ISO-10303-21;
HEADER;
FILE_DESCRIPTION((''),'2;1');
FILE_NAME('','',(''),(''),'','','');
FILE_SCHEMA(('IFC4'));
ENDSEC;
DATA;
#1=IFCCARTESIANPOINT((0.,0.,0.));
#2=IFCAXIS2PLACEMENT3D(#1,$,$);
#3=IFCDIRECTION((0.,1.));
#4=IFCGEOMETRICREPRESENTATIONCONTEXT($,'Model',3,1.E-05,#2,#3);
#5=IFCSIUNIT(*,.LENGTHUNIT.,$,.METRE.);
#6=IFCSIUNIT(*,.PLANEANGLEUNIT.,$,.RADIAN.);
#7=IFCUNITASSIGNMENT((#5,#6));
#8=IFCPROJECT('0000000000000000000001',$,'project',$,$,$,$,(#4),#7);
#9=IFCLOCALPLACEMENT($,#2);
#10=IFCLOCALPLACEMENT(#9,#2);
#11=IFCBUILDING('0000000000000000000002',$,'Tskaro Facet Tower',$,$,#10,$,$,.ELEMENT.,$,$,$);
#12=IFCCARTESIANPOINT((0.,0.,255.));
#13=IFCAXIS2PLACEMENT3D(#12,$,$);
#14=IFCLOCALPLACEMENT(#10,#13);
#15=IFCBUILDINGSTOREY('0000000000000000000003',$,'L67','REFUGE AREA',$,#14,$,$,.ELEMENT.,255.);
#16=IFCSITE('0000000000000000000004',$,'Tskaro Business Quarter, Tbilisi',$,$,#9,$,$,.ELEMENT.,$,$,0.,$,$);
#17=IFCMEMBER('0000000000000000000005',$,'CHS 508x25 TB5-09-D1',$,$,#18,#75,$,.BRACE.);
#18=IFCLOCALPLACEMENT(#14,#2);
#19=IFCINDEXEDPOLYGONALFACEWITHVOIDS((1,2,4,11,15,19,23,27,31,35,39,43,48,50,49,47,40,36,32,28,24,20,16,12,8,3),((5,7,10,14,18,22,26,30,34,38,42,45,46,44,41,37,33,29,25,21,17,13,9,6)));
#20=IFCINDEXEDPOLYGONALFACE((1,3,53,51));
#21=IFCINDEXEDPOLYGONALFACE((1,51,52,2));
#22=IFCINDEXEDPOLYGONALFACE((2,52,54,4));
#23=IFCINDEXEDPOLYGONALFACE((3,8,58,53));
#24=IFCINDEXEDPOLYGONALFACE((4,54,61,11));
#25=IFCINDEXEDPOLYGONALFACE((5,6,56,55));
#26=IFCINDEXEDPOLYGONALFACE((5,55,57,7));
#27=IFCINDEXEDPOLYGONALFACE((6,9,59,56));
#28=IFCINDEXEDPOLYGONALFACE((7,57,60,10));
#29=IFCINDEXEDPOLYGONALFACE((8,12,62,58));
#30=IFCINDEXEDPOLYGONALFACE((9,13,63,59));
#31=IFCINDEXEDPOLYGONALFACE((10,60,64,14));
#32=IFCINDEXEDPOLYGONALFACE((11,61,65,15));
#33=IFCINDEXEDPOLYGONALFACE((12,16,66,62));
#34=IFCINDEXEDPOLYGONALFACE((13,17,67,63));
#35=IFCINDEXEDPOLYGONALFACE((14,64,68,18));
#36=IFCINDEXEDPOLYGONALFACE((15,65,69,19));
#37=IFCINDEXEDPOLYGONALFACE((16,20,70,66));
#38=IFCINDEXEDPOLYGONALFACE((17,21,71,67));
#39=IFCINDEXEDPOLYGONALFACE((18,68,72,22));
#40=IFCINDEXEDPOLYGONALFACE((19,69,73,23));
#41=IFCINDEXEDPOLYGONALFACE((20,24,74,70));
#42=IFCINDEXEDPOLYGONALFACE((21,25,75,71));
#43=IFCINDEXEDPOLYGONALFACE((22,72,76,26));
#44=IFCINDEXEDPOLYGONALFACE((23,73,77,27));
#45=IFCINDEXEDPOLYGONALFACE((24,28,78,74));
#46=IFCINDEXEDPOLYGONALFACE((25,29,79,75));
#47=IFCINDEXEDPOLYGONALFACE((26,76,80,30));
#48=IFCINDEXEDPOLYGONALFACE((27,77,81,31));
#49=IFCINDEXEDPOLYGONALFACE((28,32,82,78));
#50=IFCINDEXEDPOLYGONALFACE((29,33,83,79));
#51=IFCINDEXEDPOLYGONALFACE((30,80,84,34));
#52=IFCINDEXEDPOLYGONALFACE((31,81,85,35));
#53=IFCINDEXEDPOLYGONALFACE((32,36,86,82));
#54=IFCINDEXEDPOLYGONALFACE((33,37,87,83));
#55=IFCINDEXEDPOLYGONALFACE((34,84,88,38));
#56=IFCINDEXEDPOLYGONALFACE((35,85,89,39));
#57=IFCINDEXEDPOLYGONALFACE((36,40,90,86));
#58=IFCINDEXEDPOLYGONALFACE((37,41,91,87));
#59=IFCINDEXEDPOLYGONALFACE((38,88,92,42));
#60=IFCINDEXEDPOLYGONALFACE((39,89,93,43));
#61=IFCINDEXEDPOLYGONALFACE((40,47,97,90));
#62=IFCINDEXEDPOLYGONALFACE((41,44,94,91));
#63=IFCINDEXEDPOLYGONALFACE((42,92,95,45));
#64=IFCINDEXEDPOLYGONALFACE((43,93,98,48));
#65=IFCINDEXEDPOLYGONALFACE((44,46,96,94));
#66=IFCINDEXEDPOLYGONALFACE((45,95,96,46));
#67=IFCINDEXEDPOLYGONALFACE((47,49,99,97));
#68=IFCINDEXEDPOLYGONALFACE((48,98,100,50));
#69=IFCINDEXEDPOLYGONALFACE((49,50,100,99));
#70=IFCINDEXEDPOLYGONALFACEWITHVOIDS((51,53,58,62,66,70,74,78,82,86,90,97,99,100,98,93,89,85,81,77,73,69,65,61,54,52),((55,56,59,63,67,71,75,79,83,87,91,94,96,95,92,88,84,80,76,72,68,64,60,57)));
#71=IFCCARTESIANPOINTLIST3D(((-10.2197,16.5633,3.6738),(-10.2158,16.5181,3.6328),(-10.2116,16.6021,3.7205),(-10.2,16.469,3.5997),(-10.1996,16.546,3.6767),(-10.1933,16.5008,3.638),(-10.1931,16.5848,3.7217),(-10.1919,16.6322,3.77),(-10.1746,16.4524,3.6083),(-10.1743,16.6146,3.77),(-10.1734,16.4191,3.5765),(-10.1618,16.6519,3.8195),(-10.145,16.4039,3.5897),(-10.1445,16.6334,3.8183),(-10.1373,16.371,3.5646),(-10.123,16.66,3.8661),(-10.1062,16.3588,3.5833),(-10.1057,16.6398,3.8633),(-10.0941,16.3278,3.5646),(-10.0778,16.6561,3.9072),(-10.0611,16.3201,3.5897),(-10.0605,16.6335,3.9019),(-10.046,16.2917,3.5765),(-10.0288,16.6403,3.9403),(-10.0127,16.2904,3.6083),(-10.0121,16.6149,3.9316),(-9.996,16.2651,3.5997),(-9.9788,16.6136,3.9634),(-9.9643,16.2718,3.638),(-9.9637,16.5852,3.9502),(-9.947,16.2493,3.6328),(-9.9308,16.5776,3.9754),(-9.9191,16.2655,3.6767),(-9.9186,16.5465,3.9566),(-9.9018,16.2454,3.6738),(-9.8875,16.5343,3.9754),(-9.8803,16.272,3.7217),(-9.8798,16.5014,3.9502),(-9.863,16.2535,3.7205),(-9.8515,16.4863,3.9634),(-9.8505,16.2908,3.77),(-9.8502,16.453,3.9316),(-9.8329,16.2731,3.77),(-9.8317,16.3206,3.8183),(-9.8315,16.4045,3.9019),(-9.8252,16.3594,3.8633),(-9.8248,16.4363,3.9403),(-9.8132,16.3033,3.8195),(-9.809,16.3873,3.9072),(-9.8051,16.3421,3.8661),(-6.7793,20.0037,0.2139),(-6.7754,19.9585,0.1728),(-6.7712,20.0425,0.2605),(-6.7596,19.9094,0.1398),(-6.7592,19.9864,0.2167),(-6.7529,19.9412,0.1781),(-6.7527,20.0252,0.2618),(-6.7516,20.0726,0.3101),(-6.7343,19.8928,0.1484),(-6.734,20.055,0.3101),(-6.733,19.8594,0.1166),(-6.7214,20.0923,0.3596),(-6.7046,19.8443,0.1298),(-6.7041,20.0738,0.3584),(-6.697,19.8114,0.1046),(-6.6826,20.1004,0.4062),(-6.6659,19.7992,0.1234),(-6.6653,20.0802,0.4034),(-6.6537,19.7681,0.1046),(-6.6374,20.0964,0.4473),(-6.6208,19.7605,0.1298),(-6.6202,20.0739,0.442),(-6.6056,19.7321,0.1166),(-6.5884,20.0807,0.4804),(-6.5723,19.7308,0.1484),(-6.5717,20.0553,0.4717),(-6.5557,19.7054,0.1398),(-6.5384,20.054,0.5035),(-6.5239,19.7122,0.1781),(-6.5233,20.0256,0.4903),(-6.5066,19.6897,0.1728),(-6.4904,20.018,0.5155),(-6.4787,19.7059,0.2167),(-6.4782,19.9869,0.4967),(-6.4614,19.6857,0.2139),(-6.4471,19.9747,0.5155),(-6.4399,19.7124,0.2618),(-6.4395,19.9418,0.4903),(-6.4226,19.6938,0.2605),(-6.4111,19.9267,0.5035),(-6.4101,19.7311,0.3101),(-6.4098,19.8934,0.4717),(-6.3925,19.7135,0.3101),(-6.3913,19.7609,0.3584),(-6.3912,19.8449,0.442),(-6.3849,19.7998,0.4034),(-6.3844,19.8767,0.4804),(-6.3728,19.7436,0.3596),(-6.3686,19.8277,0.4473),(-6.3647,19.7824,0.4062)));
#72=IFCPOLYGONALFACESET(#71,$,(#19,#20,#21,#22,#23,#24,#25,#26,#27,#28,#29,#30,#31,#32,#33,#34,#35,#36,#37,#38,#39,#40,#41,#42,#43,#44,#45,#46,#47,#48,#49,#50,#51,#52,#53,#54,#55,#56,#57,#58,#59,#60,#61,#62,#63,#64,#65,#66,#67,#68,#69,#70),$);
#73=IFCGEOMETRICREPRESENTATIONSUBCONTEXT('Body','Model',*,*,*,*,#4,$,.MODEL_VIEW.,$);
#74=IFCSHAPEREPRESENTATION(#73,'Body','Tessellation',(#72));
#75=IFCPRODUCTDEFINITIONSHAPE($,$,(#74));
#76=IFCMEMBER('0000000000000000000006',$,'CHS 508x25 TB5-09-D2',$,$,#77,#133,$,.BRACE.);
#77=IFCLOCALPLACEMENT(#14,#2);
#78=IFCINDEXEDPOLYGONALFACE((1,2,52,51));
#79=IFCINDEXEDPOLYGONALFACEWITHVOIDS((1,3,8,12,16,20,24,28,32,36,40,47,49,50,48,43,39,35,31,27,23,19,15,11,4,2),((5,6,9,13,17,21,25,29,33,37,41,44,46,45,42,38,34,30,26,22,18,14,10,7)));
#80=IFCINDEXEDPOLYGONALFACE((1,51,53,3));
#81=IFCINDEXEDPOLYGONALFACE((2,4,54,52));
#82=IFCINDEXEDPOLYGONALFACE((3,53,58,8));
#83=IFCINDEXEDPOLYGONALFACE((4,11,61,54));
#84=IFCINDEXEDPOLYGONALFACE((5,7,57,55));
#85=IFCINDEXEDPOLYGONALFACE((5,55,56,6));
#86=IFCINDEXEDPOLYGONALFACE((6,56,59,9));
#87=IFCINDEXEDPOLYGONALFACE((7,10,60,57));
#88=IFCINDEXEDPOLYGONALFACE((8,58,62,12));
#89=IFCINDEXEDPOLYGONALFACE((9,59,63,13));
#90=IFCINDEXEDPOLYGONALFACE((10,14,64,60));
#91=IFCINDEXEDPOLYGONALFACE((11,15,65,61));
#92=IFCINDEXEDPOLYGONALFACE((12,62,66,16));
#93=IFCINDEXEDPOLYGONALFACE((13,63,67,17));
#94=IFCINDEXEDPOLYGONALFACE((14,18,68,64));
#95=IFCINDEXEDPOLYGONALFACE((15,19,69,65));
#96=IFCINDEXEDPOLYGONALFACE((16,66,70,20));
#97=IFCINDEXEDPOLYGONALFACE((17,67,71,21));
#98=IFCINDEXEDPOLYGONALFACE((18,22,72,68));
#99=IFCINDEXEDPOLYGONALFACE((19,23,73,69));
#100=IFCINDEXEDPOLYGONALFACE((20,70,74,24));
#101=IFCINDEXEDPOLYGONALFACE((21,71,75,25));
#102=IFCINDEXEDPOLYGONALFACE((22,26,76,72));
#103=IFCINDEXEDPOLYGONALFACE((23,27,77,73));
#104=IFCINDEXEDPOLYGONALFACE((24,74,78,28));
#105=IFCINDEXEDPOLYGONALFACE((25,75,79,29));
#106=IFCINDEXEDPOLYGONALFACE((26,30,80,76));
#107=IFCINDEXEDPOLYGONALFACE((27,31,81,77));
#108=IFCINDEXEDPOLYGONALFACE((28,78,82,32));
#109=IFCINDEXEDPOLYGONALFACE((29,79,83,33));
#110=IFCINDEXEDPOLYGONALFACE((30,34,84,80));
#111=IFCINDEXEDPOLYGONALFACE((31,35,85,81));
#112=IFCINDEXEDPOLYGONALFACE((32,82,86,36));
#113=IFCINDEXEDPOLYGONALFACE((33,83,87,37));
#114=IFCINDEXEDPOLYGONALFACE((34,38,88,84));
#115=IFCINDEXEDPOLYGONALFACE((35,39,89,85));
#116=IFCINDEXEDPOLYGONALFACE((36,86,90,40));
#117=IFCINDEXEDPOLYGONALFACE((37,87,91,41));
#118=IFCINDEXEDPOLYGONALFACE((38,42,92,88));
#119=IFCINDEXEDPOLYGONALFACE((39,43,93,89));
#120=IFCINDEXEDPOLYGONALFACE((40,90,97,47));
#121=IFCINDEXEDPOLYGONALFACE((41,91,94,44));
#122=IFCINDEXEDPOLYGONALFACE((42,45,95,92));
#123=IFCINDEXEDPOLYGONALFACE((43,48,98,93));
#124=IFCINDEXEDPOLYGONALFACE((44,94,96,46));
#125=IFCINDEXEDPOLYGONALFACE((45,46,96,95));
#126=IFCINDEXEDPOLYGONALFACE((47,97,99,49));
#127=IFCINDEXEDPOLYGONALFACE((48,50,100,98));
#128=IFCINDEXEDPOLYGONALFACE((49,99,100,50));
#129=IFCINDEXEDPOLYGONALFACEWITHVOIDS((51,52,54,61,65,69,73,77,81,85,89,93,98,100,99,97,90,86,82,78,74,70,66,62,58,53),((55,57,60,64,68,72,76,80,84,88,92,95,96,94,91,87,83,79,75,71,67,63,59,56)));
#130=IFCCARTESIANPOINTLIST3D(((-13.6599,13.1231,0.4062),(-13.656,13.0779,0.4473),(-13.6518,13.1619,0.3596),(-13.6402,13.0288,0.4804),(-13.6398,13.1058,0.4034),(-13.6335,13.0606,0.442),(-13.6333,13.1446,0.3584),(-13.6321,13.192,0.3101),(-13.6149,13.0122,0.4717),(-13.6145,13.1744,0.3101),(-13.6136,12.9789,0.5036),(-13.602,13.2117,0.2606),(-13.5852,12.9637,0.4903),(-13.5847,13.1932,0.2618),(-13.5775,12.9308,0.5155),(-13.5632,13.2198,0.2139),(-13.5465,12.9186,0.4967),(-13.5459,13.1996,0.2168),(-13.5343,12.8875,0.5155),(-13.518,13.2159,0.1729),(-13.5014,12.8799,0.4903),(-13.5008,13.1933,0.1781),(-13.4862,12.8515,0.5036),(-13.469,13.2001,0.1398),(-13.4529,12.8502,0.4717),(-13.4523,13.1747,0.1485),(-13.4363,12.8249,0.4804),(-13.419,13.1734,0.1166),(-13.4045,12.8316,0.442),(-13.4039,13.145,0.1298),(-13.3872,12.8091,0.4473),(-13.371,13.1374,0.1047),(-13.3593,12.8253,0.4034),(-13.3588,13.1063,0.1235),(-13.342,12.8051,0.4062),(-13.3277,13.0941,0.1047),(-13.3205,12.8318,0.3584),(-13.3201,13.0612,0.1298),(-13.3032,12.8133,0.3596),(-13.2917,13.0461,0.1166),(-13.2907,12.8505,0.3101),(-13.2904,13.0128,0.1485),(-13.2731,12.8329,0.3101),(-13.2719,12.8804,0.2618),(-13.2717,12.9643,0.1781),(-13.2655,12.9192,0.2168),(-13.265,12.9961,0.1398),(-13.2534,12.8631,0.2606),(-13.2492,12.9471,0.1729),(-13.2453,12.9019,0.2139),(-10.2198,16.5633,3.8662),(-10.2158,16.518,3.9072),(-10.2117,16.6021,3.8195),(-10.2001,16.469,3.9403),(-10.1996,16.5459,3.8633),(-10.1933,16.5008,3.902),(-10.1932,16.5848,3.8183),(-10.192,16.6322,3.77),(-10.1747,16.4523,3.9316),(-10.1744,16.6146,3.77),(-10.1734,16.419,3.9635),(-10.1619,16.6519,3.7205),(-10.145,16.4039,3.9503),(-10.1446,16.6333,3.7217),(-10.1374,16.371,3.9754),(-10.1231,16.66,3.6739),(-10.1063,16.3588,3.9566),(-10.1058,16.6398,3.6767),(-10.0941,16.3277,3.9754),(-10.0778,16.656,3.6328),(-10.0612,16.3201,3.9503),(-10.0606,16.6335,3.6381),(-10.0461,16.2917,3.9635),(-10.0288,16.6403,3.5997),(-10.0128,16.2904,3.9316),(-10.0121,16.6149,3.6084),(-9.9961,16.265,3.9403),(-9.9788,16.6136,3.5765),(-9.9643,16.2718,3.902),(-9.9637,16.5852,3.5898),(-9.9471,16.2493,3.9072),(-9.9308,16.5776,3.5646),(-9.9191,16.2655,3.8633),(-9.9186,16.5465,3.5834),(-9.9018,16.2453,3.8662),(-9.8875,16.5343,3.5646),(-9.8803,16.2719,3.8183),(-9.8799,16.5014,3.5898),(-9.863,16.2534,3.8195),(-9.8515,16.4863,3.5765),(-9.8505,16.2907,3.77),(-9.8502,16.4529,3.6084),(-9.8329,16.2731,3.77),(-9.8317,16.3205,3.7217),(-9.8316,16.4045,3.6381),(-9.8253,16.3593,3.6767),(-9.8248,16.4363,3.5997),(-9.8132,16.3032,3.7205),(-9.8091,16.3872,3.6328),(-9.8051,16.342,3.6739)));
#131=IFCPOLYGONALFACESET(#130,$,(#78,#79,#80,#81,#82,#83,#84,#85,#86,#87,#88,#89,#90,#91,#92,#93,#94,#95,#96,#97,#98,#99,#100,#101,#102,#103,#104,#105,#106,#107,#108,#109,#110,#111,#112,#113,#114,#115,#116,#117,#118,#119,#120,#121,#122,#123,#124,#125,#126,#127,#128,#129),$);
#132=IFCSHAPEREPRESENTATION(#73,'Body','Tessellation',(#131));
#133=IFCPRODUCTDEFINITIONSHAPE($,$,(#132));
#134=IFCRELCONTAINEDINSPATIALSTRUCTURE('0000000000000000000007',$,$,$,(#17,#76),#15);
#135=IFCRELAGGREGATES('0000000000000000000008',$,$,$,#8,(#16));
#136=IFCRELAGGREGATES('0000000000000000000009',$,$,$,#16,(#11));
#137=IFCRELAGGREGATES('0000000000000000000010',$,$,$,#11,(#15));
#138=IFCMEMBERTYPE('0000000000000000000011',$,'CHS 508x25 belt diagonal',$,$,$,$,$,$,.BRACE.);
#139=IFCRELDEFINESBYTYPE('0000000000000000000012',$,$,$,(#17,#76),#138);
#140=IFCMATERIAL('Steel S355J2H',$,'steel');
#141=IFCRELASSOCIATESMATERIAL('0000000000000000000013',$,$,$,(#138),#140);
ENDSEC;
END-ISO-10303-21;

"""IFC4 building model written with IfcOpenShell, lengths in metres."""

from ifc_helpers import new_model, si_unit, direction, frame, origin, origin_2d, place, context, subcontext, project, spatial, hollow_circle, extrude, material, material_profile, profile_set, type_object, element, save


model = new_model("IFC4")

# Units and contexts
model_context = context("Model", 3, precision=1e-05, world=origin(), true_north=direction((0.0, 1.0)))
body_context = subcontext(model_context, "Body", "Model", "MODEL_VIEW")
ifc_project = project(units=[si_unit("LENGTHUNIT", "METRE"), si_unit("PLANEANGLEUNIT", "RADIAN")], contexts=[model_context])

# Site, building, storey
site_placement = place(None, origin())
site = spatial("IfcSite", under=ifc_project, at=site_placement, Name="Tskaro Business Quarter, Tbilisi", CompositionType="ELEMENT", RefElevation=0.0)
building_placement = place(site_placement, origin())
building = spatial("IfcBuilding", under=site, at=building_placement, Name="Tskaro Facet Tower", CompositionType="ELEMENT")
storey_placement = place(building_placement, frame((0.0, 0.0, 255.0)))
storey = spatial("IfcBuildingStorey", under=building, at=storey_placement, Name="L67", Description="REFUGE AREA", CompositionType="ELEMENT", Elevation=255.0)

# Shared definitions
ifc_material_1 = material(Name="Steel S355J2H", Category="steel")

# Members
ifc_material_profile_1 = material_profile(ifc_material_1, hollow_circle(Radius=0.2539, WallThickness=0.0249, at=origin_2d()), Name="CHS 508x25")
ifc_profile_set_1 = profile_set([ifc_material_profile_1], Name="Steel S355J2H")
member_type_1 = type_object("IfcMemberType", Name="CHS 508x25 belt diagonal", PredefinedType="BRACE", material=ifc_profile_set_1)
member_1_placement = place(storey_placement, frame((-6.572, 19.8931, 0.3101), z_axis=(-0.576258, -0.576258, 0.579529), x_axis=(0.707107, -0.707107, 0.0)))
element("IfcMember", 1, at=member_1_placement, inside=storey, type_object=member_type_1, Name="CHS 508x25 TB5-09-D1", PredefinedType="BRACE", context=body_context, shape_type="SweptSolid", body=[
    extrude(hollow_circle(Radius=0.2539, WallThickness=0.0249, at=origin_2d()), origin(), (0.0, 0.0, 1.0), 5.9702),
])
member_2_placement = place(storey_placement, frame((-10.0125, 16.4526, 3.77), z_axis=(-0.576244, -0.576244, -0.579556), x_axis=(0.707107, -0.707107, 0.0)))
element("IfcMember", 2, at=member_2_placement, inside=storey, type_object=member_type_1, Name="CHS 508x25 TB5-09-D2", PredefinedType="BRACE", context=body_context, shape_type="SweptSolid", body=[
    extrude(hollow_circle(Radius=0.2539, WallThickness=0.0249, at=origin_2d()), origin(), (0.0, 0.0, 1.0), 5.97),
])

save(model, "model.ifc")
